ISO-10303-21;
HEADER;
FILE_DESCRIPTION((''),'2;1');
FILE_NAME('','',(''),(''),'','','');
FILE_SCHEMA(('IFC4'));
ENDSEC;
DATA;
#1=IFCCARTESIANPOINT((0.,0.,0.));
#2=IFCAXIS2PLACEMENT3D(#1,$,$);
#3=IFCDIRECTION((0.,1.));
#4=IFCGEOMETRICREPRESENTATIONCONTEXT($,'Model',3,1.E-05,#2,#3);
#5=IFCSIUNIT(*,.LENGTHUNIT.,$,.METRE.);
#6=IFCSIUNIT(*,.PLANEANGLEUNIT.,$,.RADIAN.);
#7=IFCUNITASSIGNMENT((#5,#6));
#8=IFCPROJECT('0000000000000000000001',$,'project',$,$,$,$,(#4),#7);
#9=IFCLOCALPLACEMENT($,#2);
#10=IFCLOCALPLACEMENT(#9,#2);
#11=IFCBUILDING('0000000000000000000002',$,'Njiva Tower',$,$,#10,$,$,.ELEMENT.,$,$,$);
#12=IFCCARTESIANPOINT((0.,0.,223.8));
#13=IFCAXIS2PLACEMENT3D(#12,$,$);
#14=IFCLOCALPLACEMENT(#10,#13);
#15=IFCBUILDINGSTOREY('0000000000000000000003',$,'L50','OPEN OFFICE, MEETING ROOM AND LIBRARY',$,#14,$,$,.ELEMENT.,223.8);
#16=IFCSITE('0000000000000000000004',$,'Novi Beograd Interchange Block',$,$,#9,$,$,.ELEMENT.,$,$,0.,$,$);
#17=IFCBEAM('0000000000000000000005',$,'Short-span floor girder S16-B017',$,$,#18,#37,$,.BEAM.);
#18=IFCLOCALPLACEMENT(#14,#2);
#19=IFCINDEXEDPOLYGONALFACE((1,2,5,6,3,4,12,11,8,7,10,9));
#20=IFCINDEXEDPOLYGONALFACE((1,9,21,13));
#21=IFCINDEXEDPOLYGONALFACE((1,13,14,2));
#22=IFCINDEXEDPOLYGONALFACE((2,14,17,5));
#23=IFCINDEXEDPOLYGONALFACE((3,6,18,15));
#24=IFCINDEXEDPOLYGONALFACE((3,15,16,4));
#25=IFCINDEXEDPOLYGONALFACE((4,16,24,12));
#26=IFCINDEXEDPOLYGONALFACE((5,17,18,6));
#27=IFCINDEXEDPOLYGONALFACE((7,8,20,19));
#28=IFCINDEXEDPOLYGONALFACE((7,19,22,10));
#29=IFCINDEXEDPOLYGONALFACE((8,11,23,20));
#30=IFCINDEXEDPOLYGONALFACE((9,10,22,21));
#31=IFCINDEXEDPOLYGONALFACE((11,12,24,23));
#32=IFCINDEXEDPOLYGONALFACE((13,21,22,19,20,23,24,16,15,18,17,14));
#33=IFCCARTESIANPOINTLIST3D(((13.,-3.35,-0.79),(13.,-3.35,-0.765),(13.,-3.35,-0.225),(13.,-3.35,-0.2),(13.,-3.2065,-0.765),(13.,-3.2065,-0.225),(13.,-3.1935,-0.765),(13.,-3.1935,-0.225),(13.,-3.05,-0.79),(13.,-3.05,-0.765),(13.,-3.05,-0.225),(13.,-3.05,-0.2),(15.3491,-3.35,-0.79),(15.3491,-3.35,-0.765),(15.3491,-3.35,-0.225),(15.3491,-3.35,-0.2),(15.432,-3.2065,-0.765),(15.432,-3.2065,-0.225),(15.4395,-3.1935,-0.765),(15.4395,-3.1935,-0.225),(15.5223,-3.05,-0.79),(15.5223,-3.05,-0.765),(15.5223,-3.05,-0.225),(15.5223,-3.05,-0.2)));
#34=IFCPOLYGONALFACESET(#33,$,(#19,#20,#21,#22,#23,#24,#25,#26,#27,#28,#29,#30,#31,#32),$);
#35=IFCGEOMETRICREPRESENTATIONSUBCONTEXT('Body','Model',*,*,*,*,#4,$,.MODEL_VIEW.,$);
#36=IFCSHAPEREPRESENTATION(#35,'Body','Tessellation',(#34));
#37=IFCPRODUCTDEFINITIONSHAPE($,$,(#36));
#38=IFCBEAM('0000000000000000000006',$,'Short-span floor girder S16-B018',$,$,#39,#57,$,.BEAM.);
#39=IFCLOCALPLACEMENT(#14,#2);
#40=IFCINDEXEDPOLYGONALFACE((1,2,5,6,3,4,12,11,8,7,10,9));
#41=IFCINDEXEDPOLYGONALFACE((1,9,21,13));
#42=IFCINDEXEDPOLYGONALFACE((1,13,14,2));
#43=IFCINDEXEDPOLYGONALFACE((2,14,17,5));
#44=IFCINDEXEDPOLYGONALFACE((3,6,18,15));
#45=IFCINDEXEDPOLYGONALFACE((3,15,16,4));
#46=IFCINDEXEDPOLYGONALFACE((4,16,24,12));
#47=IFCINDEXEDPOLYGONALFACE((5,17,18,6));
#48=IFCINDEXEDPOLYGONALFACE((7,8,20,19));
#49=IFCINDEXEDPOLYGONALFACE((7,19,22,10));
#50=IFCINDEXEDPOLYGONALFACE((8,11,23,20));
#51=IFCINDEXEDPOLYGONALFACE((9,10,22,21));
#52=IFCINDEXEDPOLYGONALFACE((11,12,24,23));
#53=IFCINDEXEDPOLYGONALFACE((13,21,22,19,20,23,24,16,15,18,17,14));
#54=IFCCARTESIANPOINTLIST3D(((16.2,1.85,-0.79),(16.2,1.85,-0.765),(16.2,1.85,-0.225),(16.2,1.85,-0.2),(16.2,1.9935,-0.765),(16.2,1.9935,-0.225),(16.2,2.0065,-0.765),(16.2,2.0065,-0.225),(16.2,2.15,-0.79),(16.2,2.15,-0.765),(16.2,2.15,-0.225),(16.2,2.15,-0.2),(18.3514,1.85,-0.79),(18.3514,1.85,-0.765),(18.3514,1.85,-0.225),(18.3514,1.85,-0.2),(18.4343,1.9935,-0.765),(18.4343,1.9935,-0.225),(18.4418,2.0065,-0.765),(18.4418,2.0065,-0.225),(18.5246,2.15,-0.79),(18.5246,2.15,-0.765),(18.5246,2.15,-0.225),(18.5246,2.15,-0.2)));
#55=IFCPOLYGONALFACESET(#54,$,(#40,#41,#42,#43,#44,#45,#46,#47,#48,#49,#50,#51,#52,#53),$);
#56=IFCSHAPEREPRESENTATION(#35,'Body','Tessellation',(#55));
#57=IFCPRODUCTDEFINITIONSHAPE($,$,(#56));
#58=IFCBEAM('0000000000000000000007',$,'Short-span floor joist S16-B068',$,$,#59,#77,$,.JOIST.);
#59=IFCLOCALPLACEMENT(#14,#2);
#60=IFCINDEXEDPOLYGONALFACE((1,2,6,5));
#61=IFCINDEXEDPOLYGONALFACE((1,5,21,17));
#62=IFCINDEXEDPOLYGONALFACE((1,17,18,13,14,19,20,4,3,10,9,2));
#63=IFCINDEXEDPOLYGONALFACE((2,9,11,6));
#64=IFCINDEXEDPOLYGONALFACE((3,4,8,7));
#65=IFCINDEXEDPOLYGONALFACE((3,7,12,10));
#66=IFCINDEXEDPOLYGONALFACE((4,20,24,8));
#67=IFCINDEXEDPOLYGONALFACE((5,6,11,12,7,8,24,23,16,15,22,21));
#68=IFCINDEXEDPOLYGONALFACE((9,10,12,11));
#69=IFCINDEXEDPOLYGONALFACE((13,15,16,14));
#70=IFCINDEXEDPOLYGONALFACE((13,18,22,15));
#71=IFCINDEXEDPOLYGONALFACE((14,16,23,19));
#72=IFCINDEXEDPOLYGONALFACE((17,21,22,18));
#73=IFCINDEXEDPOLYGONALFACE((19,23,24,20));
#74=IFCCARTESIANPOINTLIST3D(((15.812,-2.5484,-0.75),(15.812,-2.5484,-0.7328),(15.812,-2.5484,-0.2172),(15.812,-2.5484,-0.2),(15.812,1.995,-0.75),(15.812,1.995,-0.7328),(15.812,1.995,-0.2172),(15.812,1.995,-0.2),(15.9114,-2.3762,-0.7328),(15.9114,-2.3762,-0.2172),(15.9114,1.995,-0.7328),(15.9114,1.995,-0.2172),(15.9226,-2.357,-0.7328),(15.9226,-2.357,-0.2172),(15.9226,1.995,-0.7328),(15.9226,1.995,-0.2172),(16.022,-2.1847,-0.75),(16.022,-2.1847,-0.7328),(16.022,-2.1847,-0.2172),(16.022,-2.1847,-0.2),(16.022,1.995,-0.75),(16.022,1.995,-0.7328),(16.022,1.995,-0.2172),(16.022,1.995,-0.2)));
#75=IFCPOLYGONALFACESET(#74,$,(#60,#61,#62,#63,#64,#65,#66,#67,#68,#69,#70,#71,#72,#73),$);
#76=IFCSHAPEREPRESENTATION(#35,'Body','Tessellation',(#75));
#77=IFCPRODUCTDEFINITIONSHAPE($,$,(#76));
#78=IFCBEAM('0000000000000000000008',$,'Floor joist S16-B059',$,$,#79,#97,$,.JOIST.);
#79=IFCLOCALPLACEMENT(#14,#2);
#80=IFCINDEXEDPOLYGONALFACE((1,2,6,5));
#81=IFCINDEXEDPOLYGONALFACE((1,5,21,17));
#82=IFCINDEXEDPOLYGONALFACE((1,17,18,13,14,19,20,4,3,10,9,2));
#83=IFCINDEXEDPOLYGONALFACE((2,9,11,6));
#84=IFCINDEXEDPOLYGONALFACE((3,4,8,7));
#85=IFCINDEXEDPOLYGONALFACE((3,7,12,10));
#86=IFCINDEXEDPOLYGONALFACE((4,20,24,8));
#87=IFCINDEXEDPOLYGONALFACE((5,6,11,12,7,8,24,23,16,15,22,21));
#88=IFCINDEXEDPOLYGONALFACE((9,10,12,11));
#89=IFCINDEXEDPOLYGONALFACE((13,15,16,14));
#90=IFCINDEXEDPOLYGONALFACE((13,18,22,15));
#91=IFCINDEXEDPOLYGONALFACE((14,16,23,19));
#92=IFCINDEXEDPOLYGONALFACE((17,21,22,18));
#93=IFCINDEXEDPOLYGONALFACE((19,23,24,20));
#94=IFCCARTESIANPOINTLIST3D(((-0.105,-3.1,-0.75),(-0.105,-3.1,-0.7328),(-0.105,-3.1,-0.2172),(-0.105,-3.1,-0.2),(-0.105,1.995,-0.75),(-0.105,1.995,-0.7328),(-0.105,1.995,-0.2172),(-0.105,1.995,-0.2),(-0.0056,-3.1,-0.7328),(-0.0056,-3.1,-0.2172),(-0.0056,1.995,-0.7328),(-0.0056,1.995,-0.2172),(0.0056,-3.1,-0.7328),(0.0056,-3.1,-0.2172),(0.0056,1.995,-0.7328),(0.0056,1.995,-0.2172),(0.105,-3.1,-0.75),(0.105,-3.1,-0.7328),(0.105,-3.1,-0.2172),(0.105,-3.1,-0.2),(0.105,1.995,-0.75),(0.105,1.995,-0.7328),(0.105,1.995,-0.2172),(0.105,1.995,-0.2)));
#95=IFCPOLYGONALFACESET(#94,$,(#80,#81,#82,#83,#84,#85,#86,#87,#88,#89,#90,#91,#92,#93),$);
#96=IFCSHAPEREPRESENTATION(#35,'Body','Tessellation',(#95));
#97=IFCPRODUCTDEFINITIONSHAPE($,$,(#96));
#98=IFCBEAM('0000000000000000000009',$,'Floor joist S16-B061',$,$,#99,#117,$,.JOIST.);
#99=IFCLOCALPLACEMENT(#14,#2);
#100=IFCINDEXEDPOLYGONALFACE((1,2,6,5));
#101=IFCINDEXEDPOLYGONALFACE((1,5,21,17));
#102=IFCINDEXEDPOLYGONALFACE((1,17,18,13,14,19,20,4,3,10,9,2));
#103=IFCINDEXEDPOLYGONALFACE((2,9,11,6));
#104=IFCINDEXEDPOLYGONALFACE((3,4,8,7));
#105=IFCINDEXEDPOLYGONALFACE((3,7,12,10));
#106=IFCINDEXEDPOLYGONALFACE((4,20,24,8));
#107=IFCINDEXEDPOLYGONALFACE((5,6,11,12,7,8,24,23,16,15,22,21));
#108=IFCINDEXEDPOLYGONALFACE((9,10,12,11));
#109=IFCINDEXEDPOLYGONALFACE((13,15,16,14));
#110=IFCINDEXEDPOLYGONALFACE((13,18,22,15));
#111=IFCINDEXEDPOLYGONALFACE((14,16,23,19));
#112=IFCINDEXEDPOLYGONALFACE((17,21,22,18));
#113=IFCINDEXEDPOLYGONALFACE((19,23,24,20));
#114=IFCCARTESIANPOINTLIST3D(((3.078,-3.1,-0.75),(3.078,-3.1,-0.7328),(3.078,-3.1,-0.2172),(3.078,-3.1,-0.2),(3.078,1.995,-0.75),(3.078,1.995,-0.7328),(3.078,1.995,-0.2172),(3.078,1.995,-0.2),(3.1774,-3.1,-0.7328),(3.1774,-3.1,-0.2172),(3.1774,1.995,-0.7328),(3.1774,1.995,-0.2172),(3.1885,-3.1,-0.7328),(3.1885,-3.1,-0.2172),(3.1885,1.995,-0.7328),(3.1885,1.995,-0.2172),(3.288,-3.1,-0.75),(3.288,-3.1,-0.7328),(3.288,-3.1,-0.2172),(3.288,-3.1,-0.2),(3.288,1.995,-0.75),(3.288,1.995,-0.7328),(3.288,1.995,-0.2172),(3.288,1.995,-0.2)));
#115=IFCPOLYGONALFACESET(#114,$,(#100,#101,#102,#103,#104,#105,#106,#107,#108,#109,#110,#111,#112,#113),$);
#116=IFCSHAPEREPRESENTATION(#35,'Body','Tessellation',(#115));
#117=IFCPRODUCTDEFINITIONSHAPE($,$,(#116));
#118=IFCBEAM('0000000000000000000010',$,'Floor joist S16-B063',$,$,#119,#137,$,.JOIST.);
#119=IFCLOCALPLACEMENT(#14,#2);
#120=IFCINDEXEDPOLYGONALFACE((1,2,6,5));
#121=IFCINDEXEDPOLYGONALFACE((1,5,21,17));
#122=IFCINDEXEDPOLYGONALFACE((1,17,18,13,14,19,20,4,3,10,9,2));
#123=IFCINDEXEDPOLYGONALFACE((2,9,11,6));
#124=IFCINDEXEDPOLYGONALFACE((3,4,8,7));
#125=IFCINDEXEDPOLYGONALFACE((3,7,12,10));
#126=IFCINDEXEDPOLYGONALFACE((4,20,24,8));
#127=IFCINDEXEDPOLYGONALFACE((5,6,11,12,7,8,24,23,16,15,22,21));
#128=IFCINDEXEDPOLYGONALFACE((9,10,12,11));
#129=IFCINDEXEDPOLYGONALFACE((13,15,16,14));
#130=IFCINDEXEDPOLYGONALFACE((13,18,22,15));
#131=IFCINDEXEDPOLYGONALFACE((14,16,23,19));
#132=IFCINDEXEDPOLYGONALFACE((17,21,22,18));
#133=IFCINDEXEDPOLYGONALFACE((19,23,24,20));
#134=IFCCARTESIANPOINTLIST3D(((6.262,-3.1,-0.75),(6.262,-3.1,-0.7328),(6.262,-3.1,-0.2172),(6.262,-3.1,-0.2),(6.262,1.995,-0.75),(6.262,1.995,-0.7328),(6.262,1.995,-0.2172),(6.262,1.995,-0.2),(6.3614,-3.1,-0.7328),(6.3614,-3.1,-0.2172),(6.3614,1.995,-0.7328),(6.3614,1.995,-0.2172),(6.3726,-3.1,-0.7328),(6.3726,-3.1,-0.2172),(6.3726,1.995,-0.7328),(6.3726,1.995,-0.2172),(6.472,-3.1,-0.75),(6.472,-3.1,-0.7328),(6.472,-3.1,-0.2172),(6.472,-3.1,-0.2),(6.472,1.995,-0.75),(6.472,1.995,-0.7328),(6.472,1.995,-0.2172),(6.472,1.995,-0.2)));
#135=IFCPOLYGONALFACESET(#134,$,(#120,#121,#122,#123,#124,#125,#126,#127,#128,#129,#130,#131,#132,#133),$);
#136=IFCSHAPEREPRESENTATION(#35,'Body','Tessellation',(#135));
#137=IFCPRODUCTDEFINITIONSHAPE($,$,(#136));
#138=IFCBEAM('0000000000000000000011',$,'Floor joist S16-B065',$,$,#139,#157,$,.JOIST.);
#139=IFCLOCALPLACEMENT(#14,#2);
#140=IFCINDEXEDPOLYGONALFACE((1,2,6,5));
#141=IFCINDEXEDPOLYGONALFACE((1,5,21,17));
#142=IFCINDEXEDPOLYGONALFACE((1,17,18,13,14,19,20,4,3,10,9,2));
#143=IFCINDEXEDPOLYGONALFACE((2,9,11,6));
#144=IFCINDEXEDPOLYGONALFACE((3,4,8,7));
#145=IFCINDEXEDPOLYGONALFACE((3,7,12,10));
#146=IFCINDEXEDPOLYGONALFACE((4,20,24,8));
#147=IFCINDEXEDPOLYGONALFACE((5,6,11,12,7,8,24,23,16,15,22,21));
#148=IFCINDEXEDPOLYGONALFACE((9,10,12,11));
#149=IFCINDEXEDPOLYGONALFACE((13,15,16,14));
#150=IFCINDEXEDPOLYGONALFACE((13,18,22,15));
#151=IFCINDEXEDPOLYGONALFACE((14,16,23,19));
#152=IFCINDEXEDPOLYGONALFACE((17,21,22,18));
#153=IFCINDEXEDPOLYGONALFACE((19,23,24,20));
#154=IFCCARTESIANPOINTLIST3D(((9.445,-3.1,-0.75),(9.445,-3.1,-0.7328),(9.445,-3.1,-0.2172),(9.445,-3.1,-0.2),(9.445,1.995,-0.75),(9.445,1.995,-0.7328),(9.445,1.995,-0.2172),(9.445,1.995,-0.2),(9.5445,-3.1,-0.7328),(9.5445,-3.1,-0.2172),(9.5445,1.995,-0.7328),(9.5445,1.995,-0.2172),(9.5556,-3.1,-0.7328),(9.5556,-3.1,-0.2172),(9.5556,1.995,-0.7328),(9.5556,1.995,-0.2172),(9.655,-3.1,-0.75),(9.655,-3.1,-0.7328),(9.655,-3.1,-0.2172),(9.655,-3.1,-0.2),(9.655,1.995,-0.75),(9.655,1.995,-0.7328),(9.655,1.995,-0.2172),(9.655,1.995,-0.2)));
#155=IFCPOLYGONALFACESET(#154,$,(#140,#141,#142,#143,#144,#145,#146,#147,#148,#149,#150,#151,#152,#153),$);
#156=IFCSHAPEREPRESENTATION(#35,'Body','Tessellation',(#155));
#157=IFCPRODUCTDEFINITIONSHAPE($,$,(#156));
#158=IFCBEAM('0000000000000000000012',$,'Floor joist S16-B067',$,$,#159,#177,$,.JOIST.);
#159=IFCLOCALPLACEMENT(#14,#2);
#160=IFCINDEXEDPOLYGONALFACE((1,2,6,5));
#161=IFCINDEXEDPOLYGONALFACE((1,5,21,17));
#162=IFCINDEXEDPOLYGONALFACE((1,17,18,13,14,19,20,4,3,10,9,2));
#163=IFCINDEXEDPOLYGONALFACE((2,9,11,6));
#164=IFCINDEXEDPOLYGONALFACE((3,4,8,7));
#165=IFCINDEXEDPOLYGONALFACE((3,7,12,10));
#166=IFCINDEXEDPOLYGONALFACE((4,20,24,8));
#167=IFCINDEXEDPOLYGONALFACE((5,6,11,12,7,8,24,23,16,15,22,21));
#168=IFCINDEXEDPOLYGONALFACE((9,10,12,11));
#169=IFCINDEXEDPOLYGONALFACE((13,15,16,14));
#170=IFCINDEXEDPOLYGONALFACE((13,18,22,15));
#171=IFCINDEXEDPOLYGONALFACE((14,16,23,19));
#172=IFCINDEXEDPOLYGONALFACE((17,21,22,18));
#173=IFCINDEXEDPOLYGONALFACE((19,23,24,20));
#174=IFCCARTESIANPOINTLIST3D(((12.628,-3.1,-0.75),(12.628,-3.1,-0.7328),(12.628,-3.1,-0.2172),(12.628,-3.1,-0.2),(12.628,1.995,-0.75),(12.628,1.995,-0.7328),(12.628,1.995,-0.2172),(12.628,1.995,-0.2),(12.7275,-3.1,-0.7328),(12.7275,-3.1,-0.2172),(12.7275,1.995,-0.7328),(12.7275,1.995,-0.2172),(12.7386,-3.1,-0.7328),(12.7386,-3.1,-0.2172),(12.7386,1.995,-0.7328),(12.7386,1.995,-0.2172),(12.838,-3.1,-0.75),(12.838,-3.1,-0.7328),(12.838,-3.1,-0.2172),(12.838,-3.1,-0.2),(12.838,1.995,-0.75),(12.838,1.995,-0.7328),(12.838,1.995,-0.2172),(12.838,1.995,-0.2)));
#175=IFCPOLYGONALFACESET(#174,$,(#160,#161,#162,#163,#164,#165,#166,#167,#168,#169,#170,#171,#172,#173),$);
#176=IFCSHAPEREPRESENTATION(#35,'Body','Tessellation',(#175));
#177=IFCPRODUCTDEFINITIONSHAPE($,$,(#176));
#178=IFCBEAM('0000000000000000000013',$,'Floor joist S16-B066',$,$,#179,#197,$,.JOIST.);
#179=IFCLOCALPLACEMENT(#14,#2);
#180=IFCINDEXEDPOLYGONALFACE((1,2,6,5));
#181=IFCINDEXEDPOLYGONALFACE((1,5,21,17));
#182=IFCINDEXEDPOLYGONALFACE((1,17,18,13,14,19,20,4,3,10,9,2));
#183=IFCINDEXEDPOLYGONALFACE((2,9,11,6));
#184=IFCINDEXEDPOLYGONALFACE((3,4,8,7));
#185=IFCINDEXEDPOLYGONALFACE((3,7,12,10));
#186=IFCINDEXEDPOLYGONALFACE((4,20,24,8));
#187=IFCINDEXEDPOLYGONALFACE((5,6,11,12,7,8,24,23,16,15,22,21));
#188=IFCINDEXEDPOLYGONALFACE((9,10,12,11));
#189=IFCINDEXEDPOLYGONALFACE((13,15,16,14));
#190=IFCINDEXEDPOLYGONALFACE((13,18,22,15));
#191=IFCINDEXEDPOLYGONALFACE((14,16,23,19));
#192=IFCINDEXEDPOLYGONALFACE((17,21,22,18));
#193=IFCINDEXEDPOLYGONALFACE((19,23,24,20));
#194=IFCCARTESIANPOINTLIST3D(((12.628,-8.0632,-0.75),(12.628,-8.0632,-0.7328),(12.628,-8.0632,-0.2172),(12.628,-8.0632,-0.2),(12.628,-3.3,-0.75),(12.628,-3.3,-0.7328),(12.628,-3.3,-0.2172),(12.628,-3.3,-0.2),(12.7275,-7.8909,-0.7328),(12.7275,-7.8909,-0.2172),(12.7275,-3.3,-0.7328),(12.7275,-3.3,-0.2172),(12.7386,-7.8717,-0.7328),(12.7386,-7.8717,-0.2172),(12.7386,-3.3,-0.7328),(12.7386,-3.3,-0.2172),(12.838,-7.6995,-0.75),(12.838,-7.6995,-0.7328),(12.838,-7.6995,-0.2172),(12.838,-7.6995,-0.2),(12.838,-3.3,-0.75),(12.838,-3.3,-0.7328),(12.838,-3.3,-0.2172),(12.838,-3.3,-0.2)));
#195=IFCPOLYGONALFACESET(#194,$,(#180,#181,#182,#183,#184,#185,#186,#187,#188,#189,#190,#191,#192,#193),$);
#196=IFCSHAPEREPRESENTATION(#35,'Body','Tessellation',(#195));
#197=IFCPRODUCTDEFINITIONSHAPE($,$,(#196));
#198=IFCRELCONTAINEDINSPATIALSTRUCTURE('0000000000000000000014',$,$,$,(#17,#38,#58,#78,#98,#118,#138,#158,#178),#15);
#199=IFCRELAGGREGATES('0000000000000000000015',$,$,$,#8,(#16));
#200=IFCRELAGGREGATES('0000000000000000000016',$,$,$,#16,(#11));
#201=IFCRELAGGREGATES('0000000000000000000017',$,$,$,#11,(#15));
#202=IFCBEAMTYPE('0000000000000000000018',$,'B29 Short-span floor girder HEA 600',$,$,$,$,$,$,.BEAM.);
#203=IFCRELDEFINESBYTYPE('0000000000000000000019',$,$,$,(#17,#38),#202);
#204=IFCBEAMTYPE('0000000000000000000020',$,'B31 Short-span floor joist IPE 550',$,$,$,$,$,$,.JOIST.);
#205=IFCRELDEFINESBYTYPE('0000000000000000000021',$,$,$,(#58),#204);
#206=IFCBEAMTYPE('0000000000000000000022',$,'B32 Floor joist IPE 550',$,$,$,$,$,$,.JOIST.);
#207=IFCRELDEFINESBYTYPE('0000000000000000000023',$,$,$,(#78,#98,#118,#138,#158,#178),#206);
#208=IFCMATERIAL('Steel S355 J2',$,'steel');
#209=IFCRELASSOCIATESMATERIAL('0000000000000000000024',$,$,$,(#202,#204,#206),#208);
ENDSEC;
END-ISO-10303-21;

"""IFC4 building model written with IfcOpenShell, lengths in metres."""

from ifc_helpers import new_model, si_unit, direction, frame, origin, origin_2d, place, context, subcontext, project, spatial, i_section, extrude, clip, halfspace, material, material_profile, profile_set, type_object, element, save


model = new_model("IFC4")

# Units and contexts
model_context = context("Model", 3, precision=1e-05, world=origin(), true_north=direction((0.0, 1.0)))
body_context = subcontext(model_context, "Body", "Model", "MODEL_VIEW")
ifc_project = project(units=[si_unit("LENGTHUNIT", "METRE"), si_unit("PLANEANGLEUNIT", "RADIAN")], contexts=[model_context])

# Site, building, storey
site_placement = place(None, origin())
site = spatial("IfcSite", under=ifc_project, at=site_placement, Name="Novi Beograd Interchange Block", CompositionType="ELEMENT", RefElevation=0.0)
building_placement = place(site_placement, origin())
building = spatial("IfcBuilding", under=site, at=building_placement, Name="Njiva Tower", CompositionType="ELEMENT")
storey_placement = place(building_placement, frame((0.0, 0.0, 223.8)))
storey = spatial("IfcBuildingStorey", under=building, at=storey_placement, Name="L50", Description="OPEN OFFICE, MEETING ROOM AND LIBRARY", CompositionType="ELEMENT", Elevation=223.8)

# Shared definitions
ifc_material_1 = material(Name="Steel S355 J2", Category="steel")

# Beams
ifc_material_profile_1 = material_profile(ifc_material_1, i_section(OverallWidth=0.3, OverallDepth=0.59, WebThickness=0.013, FlangeThickness=0.025, at=origin_2d()), Name="HEA 600")
ifc_profile_set_1 = profile_set([ifc_material_profile_1], Name="Steel S355 J2")
beam_type_1 = type_object("IfcBeamType", Name="B29 Short-span floor girder HEA 600", PredefinedType="BEAM", material=ifc_profile_set_1)
beam_1_placement = place(storey_placement, frame((13.0, -3.2, -0.495), z_axis=(1.0, 0.0, 0.0), x_axis=(0.0, 1.0, 0.0)))
element("IfcBeam", 1, at=beam_1_placement, inside=storey, type_object=beam_type_1, Name="Short-span floor girder S16-B017", PredefinedType="BEAM", context=body_context, shape_type="Clipping", body=[
    clip(extrude(i_section(OverallWidth=0.3, OverallDepth=0.59, WebThickness=0.013, FlangeThickness=0.025, at=origin_2d()), origin(), (0.0, 0.0, 1.0), 2.543), halfspace(frame((-0.025, 0.0, 2.4213), z_axis=(-0.499998, 0.0, 0.866027), x_axis=(0.0, 1.0, 0.0)), False)),
])
beam_2_placement = place(storey_placement, frame((16.2, 2.0, -0.495), z_axis=(1.0, 0.0, 0.0), x_axis=(0.0, 1.0, 0.0)))
element("IfcBeam", 2, at=beam_2_placement, inside=storey, type_object=beam_type_1, Name="Short-span floor girder S16-B018", PredefinedType="BEAM", context=body_context, shape_type="Clipping", body=[
    clip(extrude(i_section(OverallWidth=0.3, OverallDepth=0.59, WebThickness=0.013, FlangeThickness=0.025, at=origin_2d()), origin(), (0.0, 0.0, 1.0), 2.345), halfspace(frame((-0.025, 0.0, 2.2236), z_axis=(-0.499998, 0.0, 0.866027), x_axis=(0.0, 1.0, 0.0)), False)),
])
ifc_material_profile_2 = material_profile(ifc_material_1, i_section(OverallWidth=0.21, OverallDepth=0.55, WebThickness=0.0111, FlangeThickness=0.0172, at=origin_2d()), Name="IPE 550")
ifc_profile_set_2 = profile_set([ifc_material_profile_2], Name="Steel S355 J2")
beam_type_2 = type_object("IfcBeamType", Name="B31 Short-span floor joist IPE 550", PredefinedType="JOIST", material=ifc_profile_set_2)
beam_3_placement = place(storey_placement, frame((15.917, 1.995, -0.475), z_axis=(0.0, -1.0, 0.0), x_axis=(1.0, 0.0, 0.0)))
element("IfcBeam", 3, at=beam_3_placement, inside=storey, type_object=beam_type_2, Name="Short-span floor joist S16-B068", PredefinedType="JOIST", context=body_context, shape_type="Clipping", body=[
    clip(extrude(i_section(OverallWidth=0.21, OverallDepth=0.55, WebThickness=0.0111, FlangeThickness=0.0172, at=origin_2d()), origin(), (0.0, 0.0, 1.0), 4.564), halfspace(frame((0.043, 0.0, 4.2871), z_axis=(0.866027, 0.0, 0.499998), x_axis=(0.0, 1.0, 0.0)), False)),
])
ifc_material_profile_3 = material_profile(ifc_material_1, i_section(OverallWidth=0.21, OverallDepth=0.55, WebThickness=0.0111, FlangeThickness=0.0172, at=origin_2d()), Name="IPE 550")
ifc_profile_set_3 = profile_set([ifc_material_profile_3], Name="Steel S355 J2")
beam_type_3 = type_object("IfcBeamType", Name="B32 Floor joist IPE 550", PredefinedType="JOIST", material=ifc_profile_set_3)
for number, where, z_axis, x_axis, name in (
    (4, (0.0, 1.995, -0.475), (0.0, -1.0, 0.0), (1.0, 0.0, 0.0), "Floor joist S16-B059"),
    (5, (3.183, 1.995, -0.475), (0.0, -1.0, 0.0), (1.0, 0.0, 0.0), "Floor joist S16-B061"),
    (6, (6.367, 1.995, -0.475), (0.0, -1.0, 0.0), (1.0, 0.0, 0.0), "Floor joist S16-B063"),
    (7, (9.55, 1.995, -0.475), (0.0, -1.0, 0.0), (1.0, 0.0, 0.0), "Floor joist S16-B065"),
    (8, (12.733, 1.995, -0.475), (0.0, -1.0, 0.0), (1.0, 0.0, 0.0), "Floor joist S16-B067"),
):
    element("IfcBeam", number, at=place(storey_placement, frame(where, z_axis=z_axis, x_axis=x_axis)), inside=storey, type_object=beam_type_3, Name=name, PredefinedType="JOIST", context=body_context, shape_type="SweptSolid", body=[
        extrude(i_section(OverallWidth=0.21, OverallDepth=0.55, WebThickness=0.0111, FlangeThickness=0.0172, at=origin_2d()), origin(), (0.0, 0.0, 1.0), 5.095),
    ])
beam_4_placement = place(storey_placement, frame((12.733, -3.3, -0.475), z_axis=(0.0, -1.0, 0.0), x_axis=(1.0, 0.0, 0.0)))
element("IfcBeam", 9, at=beam_4_placement, inside=storey, type_object=beam_type_3, Name="Floor joist S16-B066", PredefinedType="JOIST", context=body_context, shape_type="Clipping", body=[
    clip(extrude(i_section(OverallWidth=0.21, OverallDepth=0.55, WebThickness=0.0111, FlangeThickness=0.0172, at=origin_2d()), origin(), (0.0, 0.0, 1.0), 4.783), halfspace(frame((0.0436, 0.0, 4.5058), z_axis=(0.866027, 0.0, 0.499998), x_axis=(0.0, 1.0, 0.0)), False)),
])

save(model, "model.ifc")
